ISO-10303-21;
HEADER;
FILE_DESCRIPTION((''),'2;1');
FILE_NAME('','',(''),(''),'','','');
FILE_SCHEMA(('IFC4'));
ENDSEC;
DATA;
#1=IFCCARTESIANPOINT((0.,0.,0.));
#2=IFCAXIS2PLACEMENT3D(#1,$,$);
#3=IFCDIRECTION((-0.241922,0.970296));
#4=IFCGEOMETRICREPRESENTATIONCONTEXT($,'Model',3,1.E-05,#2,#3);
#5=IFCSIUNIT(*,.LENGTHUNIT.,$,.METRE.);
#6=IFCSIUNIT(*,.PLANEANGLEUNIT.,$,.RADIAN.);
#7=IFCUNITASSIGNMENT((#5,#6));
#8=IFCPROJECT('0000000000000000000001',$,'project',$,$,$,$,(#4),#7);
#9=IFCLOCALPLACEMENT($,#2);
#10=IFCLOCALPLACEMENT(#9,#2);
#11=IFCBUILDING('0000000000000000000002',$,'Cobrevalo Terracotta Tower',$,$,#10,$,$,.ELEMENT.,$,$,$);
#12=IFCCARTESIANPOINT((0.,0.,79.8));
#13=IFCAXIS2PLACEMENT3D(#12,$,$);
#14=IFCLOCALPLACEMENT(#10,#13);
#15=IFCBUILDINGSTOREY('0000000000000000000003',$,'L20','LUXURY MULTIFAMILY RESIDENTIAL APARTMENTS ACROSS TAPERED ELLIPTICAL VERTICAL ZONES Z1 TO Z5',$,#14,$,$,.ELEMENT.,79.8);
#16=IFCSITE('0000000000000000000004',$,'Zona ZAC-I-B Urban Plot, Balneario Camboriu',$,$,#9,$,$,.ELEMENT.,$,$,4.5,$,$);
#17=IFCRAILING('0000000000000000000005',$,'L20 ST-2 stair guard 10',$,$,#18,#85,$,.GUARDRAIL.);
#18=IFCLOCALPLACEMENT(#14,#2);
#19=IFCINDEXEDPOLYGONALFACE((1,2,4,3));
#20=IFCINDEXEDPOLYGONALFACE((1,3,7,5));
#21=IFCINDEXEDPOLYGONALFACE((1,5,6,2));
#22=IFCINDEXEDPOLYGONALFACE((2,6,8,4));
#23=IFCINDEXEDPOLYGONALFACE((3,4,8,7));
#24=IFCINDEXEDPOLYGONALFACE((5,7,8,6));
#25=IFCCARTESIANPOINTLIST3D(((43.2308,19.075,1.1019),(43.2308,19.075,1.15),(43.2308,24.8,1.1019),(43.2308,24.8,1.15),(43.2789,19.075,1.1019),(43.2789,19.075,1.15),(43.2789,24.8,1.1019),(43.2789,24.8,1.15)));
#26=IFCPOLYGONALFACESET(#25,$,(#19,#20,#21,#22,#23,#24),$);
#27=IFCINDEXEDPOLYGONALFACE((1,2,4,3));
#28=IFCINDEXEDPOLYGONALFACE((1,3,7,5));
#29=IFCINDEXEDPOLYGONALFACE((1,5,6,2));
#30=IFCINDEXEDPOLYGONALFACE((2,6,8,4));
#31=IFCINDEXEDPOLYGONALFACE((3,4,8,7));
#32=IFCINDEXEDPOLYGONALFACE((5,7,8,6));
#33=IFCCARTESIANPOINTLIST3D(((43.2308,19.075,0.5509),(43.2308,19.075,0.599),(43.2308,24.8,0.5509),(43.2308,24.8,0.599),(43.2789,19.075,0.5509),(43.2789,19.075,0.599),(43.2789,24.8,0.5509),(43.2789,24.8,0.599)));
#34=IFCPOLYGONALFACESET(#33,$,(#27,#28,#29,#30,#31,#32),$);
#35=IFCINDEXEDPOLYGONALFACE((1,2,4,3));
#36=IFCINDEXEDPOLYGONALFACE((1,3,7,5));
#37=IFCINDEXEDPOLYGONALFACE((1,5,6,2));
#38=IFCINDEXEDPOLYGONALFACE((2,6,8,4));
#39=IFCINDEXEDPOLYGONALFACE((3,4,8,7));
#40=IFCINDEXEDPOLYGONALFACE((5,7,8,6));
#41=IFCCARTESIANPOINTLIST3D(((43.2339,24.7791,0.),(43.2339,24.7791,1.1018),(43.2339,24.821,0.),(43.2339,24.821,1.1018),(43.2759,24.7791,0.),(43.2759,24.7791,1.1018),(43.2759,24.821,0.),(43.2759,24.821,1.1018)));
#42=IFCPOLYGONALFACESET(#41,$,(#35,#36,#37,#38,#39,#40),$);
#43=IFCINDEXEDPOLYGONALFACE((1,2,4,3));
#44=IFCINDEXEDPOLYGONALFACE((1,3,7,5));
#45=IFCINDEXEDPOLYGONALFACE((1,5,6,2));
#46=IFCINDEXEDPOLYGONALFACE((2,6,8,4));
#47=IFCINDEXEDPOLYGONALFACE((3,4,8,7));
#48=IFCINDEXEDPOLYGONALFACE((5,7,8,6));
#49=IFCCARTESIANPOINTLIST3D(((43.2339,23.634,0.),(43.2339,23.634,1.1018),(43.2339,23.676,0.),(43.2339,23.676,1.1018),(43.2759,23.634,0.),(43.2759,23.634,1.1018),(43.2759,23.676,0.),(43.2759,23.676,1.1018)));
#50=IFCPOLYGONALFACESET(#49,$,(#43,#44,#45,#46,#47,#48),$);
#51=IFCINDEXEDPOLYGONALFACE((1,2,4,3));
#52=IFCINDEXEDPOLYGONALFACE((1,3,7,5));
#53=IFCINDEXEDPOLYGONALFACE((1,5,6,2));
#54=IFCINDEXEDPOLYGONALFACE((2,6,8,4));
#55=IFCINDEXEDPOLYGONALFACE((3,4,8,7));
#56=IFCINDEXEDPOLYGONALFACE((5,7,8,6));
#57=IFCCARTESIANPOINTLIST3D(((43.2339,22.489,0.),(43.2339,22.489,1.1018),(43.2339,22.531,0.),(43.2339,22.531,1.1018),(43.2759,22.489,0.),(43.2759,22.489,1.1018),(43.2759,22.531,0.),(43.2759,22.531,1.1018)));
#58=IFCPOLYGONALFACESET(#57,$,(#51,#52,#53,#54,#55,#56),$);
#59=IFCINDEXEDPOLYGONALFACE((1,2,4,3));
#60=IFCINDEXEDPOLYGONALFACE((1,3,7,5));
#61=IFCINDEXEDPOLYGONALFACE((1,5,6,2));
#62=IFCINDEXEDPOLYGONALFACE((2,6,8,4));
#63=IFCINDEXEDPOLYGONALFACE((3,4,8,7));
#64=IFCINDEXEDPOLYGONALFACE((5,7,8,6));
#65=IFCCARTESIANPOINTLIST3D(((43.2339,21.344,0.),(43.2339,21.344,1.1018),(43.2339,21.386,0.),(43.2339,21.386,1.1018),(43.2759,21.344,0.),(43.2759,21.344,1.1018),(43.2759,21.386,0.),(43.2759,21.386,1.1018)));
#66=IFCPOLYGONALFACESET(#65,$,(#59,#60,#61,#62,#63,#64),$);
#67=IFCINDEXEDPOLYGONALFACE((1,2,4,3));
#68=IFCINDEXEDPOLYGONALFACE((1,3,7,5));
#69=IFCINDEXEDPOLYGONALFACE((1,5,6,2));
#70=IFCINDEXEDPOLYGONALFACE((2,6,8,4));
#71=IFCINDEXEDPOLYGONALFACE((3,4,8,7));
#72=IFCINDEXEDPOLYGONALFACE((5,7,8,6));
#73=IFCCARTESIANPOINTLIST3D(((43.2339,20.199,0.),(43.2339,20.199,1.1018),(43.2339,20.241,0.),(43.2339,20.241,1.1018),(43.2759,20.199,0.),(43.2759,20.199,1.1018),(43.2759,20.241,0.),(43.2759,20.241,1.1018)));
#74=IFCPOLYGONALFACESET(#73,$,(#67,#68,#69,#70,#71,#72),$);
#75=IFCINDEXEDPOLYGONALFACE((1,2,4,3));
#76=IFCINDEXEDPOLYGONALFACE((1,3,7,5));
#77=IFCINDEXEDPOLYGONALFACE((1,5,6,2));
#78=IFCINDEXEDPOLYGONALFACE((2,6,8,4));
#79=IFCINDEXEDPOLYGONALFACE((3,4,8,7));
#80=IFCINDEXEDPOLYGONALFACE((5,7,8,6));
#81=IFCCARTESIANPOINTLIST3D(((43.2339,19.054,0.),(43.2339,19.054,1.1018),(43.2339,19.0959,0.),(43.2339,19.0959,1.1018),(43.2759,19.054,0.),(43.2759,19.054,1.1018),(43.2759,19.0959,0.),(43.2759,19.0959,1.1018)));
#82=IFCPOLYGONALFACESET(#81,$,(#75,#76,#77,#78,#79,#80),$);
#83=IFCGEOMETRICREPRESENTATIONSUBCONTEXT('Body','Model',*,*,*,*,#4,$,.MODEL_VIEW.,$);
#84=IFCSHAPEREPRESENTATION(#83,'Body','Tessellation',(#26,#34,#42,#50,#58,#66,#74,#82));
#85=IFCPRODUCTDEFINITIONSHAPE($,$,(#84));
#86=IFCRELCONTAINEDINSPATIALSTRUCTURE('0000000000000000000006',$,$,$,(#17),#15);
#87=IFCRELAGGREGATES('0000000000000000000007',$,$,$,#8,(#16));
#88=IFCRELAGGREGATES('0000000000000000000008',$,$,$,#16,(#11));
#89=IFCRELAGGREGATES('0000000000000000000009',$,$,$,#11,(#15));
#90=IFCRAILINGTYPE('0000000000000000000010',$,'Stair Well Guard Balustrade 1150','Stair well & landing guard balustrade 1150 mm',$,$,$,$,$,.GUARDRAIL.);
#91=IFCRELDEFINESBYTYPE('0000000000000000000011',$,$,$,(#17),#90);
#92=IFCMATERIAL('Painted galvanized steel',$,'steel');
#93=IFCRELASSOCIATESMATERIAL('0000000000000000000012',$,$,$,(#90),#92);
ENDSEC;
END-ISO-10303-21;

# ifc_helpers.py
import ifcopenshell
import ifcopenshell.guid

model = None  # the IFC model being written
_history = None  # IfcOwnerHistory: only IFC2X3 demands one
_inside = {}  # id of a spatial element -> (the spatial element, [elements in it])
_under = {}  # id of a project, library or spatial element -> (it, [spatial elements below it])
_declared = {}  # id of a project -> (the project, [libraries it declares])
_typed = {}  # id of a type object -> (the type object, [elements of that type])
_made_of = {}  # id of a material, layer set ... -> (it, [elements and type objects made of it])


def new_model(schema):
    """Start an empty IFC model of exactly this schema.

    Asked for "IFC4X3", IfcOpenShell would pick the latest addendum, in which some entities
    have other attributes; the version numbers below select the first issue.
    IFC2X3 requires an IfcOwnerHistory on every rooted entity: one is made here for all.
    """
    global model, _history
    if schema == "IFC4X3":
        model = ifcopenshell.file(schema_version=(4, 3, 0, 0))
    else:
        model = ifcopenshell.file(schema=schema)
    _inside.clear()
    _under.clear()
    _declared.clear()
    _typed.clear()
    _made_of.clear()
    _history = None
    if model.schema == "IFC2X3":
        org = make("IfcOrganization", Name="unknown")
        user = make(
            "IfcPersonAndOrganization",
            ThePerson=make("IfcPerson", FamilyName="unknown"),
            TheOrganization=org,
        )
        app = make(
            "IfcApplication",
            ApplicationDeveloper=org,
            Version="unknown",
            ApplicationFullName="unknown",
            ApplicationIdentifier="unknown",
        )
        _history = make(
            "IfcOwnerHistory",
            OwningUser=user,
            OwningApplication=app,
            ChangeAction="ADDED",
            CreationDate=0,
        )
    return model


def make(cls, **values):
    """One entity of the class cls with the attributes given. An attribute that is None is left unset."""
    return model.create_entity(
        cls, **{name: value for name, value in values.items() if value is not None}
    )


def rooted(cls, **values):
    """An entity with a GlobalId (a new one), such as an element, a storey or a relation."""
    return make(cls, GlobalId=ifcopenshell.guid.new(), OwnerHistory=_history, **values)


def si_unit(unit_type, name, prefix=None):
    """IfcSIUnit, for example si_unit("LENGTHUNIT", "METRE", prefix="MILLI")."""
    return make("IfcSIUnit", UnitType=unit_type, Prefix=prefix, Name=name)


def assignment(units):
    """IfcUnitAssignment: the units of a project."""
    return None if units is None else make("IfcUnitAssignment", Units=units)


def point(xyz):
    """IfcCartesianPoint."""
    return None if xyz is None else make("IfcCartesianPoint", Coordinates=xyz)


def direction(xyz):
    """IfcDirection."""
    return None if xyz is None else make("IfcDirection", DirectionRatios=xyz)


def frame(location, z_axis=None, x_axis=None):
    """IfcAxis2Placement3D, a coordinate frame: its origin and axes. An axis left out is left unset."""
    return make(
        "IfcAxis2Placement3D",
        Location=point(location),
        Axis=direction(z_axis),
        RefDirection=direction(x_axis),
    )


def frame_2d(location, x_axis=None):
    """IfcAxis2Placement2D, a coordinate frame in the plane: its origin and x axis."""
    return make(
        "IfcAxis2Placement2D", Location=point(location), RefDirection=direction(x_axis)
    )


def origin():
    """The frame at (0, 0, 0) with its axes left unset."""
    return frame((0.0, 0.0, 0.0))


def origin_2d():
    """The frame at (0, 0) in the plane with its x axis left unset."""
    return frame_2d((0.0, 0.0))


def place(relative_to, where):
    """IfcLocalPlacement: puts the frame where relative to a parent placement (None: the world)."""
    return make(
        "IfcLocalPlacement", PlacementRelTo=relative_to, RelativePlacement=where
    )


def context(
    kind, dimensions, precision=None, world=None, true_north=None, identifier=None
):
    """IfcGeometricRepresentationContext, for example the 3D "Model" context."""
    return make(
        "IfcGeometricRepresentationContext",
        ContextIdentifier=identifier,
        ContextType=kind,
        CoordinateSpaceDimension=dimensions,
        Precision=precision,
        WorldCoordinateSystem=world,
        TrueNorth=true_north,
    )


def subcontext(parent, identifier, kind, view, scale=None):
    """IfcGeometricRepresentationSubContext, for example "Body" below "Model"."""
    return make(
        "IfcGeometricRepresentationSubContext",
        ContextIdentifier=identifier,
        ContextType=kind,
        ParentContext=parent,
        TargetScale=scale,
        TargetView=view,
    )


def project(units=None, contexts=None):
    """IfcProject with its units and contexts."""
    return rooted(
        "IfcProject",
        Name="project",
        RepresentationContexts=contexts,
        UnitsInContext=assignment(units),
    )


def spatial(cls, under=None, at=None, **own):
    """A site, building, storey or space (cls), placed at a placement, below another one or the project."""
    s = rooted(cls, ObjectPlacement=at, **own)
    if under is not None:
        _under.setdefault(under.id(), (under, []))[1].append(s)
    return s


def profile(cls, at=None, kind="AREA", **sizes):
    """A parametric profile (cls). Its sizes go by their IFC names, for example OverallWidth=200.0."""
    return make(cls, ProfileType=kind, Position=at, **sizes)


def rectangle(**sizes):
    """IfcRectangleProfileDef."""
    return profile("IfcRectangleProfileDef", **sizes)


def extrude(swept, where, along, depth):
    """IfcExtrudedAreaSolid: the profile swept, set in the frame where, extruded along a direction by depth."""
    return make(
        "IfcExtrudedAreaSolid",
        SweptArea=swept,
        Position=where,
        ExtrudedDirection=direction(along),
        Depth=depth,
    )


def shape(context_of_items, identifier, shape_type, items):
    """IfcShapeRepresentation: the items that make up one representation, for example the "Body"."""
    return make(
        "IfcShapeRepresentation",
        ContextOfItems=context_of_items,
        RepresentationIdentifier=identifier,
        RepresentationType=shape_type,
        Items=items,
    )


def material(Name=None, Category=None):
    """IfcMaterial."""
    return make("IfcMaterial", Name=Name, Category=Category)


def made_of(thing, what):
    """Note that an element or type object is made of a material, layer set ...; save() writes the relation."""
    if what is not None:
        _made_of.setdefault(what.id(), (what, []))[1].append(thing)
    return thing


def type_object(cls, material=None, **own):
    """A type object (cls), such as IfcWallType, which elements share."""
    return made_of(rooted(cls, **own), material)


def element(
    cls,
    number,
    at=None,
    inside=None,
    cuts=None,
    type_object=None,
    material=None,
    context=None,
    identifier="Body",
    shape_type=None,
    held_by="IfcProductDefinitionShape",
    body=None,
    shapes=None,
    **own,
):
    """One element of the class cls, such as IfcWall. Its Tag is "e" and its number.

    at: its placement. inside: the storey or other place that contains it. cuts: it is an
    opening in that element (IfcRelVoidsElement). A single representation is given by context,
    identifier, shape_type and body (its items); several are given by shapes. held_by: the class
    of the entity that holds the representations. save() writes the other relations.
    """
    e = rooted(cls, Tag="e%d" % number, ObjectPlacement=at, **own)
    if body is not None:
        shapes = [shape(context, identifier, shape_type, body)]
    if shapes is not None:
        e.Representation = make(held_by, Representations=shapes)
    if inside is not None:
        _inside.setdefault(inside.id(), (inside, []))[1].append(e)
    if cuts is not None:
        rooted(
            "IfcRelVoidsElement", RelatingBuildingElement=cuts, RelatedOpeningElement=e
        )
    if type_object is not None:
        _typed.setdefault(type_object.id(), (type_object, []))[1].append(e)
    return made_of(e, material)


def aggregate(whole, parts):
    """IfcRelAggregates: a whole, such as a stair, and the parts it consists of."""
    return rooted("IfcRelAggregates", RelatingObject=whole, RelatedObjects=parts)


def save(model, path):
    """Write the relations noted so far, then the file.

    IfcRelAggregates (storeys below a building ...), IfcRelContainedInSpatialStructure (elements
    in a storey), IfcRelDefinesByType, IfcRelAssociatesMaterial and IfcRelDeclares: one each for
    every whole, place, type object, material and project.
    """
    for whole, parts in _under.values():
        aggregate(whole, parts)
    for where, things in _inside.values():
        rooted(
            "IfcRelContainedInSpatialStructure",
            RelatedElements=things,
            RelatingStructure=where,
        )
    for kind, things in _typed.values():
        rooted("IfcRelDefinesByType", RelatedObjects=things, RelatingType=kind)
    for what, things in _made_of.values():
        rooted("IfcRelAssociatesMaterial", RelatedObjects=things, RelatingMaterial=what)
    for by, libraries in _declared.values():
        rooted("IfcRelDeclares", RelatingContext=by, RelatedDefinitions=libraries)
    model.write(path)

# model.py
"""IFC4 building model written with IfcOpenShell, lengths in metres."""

from ifc_helpers import new_model, si_unit, direction, frame, origin, origin_2d, place, context, subcontext, project, spatial, rectangle, extrude, material, type_object, element, save


model = new_model("IFC4")

# Units and contexts
model_context = context("Model", 3, precision=1e-05, world=origin(), true_north=direction((-0.241922, 0.970296)))
body_context = subcontext(model_context, "Body", "Model", "MODEL_VIEW")
ifc_project = project(units=[si_unit("LENGTHUNIT", "METRE"), si_unit("PLANEANGLEUNIT", "RADIAN")], contexts=[model_context])

# Site, building, storey
site_placement = place(None, origin())
site = spatial("IfcSite", under=ifc_project, at=site_placement, Name="Zona ZAC-I-B Urban Plot, Balneario Camboriu", CompositionType="ELEMENT", RefElevation=4.5)
building_placement = place(site_placement, origin())
building = spatial("IfcBuilding", under=site, at=building_placement, Name="Cobrevalo Terracotta Tower", CompositionType="ELEMENT")
storey_placement = place(building_placement, frame((0.0, 0.0, 79.8)))
storey = spatial("IfcBuildingStorey", under=building, at=storey_placement, Name="L20", Description="LUXURY MULTIFAMILY RESIDENTIAL APARTMENTS ACROSS TAPERED ELLIPTICAL VERTICAL ZONES Z1 TO Z5", CompositionType="ELEMENT", Elevation=79.8)

# Railing
ifc_material_1 = material(Name="Painted galvanized steel", Category="steel")
railing_type_1 = type_object("IfcRailingType", Name="Stair Well Guard Balustrade 1150", Description="Stair well & landing guard balustrade 1150 mm", PredefinedType="GUARDRAIL", material=ifc_material_1)
railing_1_placement = place(storey_placement, frame((43.2549, 24.8, 0.0)))
element("IfcRailing", 1, at=railing_1_placement, inside=storey, type_object=railing_type_1, Name="L20 ST-2 stair guard 10", PredefinedType="GUARDRAIL", context=body_context, shape_type="SweptSolid", body=[
    extrude(rectangle(XDim=0.0481, YDim=0.0481, at=origin_2d()), frame((0.0, 0.0, 1.126), z_axis=(0.0, -1.0, 0.0), x_axis=(1.0, 0.0, 0.0)), (0.0, 0.0, 1.0), 5.7251),
    extrude(rectangle(XDim=0.0481, YDim=0.0481, at=origin_2d()), frame((0.0, 0.0, 0.575), z_axis=(0.0, -1.0, 0.0), x_axis=(1.0, 0.0, 0.0)), (0.0, 0.0, 1.0), 5.7251),
    extrude(rectangle(XDim=0.042, YDim=0.042, at=origin_2d()), origin(), (0.0, 0.0, 1.0), 1.1018),
    extrude(rectangle(XDim=0.042, YDim=0.042, at=origin_2d()), frame((0.0, -1.145, 0.0)), (0.0, 0.0, 1.0), 1.1018),
    extrude(rectangle(XDim=0.042, YDim=0.042, at=origin_2d()), frame((0.0, -2.29, 0.0)), (0.0, 0.0, 1.0), 1.1018),
    extrude(rectangle(XDim=0.042, YDim=0.042, at=origin_2d()), frame((0.0, -3.4351, 0.0)), (0.0, 0.0, 1.0), 1.1018),
    extrude(rectangle(XDim=0.042, YDim=0.042, at=origin_2d()), frame((0.0, -4.5801, 0.0)), (0.0, 0.0, 1.0), 1.1018),
    extrude(rectangle(XDim=0.042, YDim=0.042, at=origin_2d()), frame((0.0, -5.7251, 0.0)), (0.0, 0.0, 1.0), 1.1018),
])

save(model, "model.ifc")
